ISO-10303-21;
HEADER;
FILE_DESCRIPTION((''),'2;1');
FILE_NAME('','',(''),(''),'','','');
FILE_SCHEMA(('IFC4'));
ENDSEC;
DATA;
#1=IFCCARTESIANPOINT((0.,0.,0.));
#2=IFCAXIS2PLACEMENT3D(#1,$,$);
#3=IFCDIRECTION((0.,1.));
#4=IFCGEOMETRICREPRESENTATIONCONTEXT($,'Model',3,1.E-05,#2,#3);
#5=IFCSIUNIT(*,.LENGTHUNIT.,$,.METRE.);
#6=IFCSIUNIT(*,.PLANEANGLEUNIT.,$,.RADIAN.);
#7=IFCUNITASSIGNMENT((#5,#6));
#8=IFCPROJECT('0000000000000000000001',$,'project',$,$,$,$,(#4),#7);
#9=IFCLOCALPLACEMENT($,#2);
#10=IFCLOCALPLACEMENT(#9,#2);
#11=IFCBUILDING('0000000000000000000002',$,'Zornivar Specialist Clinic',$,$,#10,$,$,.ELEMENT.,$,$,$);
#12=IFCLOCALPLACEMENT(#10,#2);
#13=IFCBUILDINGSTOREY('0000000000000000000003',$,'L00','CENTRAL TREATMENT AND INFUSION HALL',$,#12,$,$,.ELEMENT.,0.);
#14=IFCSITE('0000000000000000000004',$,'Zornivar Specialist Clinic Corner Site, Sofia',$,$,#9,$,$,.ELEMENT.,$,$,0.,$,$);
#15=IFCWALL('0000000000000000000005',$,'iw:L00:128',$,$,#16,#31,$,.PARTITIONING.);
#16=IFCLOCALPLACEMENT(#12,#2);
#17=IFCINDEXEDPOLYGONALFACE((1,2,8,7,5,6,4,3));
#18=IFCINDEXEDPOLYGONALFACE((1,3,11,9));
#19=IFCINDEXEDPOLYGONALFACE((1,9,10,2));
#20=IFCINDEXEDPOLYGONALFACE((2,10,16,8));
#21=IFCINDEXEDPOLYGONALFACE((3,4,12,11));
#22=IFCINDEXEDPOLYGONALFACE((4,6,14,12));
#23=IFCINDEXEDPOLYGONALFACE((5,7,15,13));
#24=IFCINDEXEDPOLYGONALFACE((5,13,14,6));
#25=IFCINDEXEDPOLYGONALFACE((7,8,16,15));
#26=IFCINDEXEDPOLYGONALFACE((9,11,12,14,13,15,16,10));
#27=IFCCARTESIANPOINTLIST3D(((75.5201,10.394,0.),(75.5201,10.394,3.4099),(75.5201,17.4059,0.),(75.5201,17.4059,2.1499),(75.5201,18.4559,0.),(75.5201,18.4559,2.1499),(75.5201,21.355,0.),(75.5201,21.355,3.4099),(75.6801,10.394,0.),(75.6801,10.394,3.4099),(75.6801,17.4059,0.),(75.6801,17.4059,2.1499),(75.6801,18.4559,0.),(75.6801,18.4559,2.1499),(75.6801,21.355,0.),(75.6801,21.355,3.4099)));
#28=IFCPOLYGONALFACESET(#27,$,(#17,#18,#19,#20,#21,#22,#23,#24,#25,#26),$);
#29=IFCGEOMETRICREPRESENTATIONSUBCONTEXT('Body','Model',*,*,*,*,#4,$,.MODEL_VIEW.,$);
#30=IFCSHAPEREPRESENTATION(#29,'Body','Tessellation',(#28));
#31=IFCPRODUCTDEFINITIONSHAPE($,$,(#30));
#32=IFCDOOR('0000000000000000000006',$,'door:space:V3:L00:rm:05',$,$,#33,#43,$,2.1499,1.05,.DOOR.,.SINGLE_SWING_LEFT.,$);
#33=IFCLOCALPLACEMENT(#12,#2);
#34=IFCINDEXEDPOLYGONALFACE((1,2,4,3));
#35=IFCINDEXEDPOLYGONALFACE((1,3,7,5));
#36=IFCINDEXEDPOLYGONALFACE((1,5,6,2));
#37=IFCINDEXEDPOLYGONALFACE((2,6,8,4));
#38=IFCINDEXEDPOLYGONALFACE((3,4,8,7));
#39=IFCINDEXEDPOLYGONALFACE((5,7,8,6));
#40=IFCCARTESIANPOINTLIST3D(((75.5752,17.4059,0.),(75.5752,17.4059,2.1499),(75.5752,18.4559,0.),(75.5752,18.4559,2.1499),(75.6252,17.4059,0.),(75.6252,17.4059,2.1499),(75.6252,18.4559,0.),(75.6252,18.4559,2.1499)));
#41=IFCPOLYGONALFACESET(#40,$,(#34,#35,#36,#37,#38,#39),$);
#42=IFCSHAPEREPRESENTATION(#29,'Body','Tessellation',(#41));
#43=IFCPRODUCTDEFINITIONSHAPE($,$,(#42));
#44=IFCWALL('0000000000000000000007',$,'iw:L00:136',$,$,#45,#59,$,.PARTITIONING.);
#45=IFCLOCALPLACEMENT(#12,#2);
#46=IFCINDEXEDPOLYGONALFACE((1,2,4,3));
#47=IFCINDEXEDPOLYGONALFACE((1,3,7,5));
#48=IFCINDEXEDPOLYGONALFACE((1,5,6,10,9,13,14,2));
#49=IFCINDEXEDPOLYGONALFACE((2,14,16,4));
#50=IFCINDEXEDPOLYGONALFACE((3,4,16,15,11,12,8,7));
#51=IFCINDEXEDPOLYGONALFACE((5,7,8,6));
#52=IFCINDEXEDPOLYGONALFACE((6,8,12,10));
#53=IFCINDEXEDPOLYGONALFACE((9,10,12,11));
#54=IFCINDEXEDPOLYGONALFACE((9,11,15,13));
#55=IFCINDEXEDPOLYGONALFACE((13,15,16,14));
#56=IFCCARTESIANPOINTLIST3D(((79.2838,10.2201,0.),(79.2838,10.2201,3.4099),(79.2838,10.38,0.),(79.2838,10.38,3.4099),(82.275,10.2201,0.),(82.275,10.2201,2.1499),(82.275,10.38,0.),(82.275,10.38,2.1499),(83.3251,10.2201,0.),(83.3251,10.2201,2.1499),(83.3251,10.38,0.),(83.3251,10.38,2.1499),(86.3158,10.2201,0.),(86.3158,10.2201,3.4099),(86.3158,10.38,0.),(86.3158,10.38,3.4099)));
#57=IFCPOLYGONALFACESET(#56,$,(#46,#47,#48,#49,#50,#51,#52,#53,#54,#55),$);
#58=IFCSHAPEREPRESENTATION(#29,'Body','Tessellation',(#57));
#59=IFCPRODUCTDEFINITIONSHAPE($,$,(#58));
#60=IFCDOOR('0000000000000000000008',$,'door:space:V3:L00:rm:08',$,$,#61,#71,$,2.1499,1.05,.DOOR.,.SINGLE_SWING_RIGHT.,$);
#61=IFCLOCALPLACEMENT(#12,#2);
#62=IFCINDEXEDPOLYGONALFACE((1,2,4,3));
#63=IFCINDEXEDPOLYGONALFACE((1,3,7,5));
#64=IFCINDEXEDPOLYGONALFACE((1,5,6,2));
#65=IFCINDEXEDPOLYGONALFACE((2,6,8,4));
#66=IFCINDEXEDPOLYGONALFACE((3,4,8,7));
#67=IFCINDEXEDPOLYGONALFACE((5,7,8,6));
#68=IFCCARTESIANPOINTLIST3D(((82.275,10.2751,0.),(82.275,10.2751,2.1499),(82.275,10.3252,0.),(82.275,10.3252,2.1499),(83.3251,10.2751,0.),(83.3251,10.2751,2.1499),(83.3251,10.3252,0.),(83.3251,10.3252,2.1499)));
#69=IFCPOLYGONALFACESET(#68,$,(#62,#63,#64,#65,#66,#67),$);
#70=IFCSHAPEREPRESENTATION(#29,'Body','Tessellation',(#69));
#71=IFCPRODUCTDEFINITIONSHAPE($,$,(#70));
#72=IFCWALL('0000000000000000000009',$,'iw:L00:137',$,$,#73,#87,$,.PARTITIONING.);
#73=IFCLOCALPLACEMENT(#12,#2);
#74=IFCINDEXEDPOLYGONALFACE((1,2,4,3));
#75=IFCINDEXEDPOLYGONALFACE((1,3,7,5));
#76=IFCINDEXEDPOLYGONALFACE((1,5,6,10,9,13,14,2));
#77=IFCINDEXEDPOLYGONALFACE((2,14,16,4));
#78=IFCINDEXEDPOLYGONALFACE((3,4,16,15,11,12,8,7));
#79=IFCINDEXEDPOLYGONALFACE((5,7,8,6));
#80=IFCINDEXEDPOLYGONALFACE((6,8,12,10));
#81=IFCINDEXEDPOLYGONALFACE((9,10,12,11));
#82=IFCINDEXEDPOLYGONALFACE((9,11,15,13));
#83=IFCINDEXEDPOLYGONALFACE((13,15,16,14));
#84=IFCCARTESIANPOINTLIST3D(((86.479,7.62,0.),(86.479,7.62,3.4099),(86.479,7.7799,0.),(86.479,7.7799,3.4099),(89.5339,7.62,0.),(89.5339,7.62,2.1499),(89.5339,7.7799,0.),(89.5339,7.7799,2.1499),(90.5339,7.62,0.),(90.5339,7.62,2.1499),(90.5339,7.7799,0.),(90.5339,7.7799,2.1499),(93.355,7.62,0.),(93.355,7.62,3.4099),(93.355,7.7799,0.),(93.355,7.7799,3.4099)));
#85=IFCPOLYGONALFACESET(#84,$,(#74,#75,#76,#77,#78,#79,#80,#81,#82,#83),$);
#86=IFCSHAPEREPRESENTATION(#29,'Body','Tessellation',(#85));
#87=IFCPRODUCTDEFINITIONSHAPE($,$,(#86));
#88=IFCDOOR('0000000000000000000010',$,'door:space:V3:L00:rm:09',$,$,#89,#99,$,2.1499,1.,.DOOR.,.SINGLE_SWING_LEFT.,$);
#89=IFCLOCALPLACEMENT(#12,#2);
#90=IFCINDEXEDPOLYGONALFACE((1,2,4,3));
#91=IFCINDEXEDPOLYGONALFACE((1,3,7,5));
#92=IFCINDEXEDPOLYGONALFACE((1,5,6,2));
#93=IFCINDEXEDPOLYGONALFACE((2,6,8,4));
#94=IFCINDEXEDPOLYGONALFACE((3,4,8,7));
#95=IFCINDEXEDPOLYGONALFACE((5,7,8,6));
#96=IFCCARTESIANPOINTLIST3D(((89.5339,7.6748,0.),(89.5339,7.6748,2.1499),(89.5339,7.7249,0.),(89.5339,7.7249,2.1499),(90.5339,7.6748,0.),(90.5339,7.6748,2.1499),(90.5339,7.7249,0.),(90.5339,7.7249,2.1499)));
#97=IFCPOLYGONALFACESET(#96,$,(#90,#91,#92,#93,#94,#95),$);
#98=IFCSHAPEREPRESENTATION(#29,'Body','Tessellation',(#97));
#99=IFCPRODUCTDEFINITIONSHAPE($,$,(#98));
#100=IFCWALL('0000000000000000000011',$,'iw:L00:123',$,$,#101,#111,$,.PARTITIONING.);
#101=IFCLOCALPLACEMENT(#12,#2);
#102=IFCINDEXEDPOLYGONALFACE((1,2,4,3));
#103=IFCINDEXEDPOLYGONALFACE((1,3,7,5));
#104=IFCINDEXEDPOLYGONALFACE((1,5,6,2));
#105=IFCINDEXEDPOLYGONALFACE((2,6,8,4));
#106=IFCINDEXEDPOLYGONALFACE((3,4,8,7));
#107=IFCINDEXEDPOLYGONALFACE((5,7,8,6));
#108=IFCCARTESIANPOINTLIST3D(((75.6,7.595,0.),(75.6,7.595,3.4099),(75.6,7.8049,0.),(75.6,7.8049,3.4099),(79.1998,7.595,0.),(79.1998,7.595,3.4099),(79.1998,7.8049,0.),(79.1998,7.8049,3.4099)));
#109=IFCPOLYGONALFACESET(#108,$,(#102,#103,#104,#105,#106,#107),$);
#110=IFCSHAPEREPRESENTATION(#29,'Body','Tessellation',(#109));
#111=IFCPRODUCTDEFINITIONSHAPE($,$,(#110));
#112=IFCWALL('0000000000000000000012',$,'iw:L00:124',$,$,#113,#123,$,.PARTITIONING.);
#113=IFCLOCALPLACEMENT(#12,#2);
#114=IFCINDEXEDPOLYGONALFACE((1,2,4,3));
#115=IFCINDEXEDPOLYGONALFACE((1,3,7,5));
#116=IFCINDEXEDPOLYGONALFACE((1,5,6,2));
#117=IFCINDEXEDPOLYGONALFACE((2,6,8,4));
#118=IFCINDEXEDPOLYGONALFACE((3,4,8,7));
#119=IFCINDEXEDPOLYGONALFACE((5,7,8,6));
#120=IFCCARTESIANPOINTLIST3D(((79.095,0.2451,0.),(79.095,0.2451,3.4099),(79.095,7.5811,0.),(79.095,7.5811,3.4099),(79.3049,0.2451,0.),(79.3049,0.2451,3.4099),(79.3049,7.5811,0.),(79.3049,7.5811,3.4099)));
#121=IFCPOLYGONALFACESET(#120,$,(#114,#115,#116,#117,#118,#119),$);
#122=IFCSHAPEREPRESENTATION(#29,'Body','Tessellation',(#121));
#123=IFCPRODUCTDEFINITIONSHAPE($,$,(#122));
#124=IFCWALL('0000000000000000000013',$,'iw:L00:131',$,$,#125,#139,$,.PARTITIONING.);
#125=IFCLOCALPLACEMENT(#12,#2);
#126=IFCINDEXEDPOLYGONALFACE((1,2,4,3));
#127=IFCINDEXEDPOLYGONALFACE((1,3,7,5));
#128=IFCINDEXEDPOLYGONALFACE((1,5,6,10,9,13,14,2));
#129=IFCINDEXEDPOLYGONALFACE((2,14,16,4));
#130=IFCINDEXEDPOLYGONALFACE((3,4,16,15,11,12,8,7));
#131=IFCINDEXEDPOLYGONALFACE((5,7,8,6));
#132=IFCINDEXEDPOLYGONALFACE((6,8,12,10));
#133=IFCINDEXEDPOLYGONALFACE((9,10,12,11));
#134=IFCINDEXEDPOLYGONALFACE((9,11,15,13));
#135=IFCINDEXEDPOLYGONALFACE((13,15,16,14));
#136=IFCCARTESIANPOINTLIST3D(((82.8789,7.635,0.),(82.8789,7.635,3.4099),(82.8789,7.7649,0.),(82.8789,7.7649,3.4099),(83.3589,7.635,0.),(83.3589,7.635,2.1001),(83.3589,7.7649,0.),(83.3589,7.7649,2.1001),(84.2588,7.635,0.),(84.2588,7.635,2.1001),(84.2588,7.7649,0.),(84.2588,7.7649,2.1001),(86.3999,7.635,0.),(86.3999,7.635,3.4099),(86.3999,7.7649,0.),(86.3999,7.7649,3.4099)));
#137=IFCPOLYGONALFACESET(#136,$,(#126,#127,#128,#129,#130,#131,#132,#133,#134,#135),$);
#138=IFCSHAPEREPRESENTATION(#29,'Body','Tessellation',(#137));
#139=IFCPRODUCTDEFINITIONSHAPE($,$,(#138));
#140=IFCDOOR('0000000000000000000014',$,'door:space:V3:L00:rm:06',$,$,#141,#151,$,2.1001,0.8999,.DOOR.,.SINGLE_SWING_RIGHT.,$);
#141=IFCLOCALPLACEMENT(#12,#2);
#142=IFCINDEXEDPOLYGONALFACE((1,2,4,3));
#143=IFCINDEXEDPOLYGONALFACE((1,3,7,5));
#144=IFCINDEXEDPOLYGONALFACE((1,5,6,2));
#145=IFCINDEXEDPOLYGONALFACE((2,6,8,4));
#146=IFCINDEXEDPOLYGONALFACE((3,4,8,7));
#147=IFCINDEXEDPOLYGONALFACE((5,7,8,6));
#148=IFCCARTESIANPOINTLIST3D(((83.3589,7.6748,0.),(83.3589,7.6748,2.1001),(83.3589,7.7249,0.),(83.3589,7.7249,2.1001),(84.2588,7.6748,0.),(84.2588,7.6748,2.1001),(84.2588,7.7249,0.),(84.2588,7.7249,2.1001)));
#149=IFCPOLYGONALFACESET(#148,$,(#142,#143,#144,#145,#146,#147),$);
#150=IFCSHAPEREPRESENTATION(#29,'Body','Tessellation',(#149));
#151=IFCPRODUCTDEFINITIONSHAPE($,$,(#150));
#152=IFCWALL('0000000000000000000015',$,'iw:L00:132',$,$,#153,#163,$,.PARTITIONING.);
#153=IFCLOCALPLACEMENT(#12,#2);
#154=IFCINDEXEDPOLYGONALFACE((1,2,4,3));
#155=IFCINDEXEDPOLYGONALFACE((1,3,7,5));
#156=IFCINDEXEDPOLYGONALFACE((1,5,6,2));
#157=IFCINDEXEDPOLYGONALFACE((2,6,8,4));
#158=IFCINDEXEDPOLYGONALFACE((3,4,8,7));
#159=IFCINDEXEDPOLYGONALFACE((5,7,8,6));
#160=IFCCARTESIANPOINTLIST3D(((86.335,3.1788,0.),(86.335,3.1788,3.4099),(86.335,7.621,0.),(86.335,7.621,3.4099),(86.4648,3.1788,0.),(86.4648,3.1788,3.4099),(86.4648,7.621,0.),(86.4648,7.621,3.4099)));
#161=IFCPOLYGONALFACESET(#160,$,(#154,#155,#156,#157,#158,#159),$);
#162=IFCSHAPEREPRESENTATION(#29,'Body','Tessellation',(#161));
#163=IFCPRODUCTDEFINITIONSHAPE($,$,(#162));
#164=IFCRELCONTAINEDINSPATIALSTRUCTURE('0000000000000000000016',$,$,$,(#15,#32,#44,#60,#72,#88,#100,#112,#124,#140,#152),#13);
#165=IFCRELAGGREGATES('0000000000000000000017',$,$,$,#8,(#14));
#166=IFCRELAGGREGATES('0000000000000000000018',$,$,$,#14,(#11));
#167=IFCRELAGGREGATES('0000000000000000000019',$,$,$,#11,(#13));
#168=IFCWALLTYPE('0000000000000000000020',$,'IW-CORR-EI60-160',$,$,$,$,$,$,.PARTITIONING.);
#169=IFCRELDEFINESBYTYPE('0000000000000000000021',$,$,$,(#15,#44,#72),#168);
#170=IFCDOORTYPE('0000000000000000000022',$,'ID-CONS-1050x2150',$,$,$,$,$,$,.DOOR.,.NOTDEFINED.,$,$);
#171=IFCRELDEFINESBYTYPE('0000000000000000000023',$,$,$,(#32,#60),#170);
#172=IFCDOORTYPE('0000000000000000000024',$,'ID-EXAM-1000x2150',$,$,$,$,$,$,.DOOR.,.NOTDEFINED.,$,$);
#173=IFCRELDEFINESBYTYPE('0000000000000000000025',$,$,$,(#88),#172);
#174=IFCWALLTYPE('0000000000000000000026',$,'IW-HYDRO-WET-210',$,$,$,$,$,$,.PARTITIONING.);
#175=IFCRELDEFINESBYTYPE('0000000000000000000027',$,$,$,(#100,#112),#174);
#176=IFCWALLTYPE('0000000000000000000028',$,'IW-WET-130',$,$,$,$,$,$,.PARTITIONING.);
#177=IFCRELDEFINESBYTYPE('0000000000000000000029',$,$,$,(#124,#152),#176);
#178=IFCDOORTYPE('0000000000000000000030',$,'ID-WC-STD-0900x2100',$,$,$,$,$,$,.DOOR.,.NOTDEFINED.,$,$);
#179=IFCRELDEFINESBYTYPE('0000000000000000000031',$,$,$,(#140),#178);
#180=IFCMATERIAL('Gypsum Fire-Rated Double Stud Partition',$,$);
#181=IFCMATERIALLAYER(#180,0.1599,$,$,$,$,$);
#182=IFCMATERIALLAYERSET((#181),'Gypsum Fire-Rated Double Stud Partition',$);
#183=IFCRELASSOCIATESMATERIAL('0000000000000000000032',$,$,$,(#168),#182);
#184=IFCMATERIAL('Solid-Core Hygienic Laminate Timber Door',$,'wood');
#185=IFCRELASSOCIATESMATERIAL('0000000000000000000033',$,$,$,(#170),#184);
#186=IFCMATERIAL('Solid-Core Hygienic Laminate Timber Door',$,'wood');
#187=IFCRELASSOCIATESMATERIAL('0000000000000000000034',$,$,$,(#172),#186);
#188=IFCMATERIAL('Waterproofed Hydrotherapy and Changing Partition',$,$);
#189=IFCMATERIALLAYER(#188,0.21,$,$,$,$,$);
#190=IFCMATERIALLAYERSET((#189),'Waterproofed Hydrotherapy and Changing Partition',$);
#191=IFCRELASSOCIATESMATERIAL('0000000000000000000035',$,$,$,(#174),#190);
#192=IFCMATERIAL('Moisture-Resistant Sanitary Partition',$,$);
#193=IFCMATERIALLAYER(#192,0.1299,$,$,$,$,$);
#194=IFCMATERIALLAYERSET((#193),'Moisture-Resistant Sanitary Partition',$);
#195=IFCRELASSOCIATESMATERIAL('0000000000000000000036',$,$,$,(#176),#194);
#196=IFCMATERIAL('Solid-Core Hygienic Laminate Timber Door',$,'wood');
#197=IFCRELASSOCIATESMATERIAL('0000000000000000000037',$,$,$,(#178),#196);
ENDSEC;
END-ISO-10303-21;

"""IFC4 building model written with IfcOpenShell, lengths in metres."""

from ifc_helpers import new_model, si_unit, direction, frame, frame_2d, origin, place, context, subcontext, project, spatial, rectangle, extrude, material, layer, layer_set, type_object, element, fill, save


model = new_model("IFC4")

# Units and contexts
model_context = context("Model", 3, precision=1e-05, world=origin(), true_north=direction((0.0, 1.0)))
body_context = subcontext(model_context, "Body", "Model", "MODEL_VIEW")
ifc_project = project(units=[si_unit("LENGTHUNIT", "METRE"), si_unit("PLANEANGLEUNIT", "RADIAN")], contexts=[model_context])

# Site, building, storey
site_placement = place(None, origin())
site = spatial("IfcSite", under=ifc_project, at=site_placement, Name="Zornivar Specialist Clinic Corner Site, Sofia", CompositionType="ELEMENT", RefElevation=0.0)
building_placement = place(site_placement, origin())
building = spatial("IfcBuilding", under=site, at=building_placement, Name="Zornivar Specialist Clinic", CompositionType="ELEMENT")
storey_placement = place(building_placement, origin())
storey = spatial("IfcBuildingStorey", under=building, at=storey_placement, Name="L00", Description="CENTRAL TREATMENT AND INFUSION HALL", CompositionType="ELEMENT", Elevation=0.0)

# Shared definitions
ifc_material_1 = material(Name="Gypsum Fire-Rated Double Stud Partition")
ifc_layer_1 = layer(ifc_material_1, 0.1599)
ifc_layer_set_1 = layer_set([ifc_layer_1], Name="Gypsum Fire-Rated Double Stud Partition")
wall_type_1 = type_object("IfcWallType", Name="IW-CORR-EI60-160", PredefinedType="PARTITIONING", material=ifc_layer_set_1)
ifc_material_2 = material(Name="Solid-Core Hygienic Laminate Timber Door", Category="wood")
door_type_1 = type_object("IfcDoorType", Name="ID-CONS-1050x2150", OperationType="NOTDEFINED", PredefinedType="DOOR", material=ifc_material_2)

# Walls, openings, doors
wall_1_placement = place(storey_placement, frame((75.6001, 10.394, 0.0), z_axis=(0.0, 0.0, 1.0), x_axis=(0.0, 1.0, 0.0)))
wall_1 = element("IfcWall", 1, at=wall_1_placement, inside=storey, type_object=wall_type_1, Name="iw:L00:128", PredefinedType="PARTITIONING", context=body_context, shape_type="SweptSolid", body=[
    extrude(rectangle(XDim=10.9609, YDim=0.1599, at=frame_2d((5.4805, 0.0))), origin(), (0.0, 0.0, 1.0), 3.4099),
])
opening_1_placement = place(wall_1_placement, frame((7.012, 0.0, 0.0)))
opening_1 = element("IfcOpeningElement", 2, at=opening_1_placement, cuts=wall_1, PredefinedType="OPENING", context=body_context, shape_type="SweptSolid", body=[
    extrude(rectangle(XDim=1.05, YDim=2.1499, at=frame_2d((0.5249, 1.075))), frame((0.0, 0.0898, 0.0), z_axis=(0.0, -1.0, 0.0), x_axis=(1.0, 0.0, 0.0)), (0.0, 0.0, 1.0), 0.1799),
])
door_1_placement = place(opening_1_placement, origin())
door_1 = element("IfcDoor", 3, at=door_1_placement, inside=storey, type_object=door_type_1, Name="door:space:V3:L00:rm:05", OperationType="SINGLE_SWING_LEFT", OverallHeight=2.1499, OverallWidth=1.05, PredefinedType="DOOR", context=body_context, shape_type="SweptSolid", body=[
    extrude(rectangle(XDim=1.05, YDim=2.1499, at=frame_2d((0.5249, 1.075))), frame((0.0, 0.0249, 0.0), z_axis=(0.0, -1.0, 0.0), x_axis=(1.0, 0.0, 0.0)), (0.0, 0.0, 1.0), 0.05),
])
fill(opening_1, door_1)
wall_2_placement = place(storey_placement, frame((86.3159, 10.3, 0.0), z_axis=(0.0, 0.0, 1.0), x_axis=(-1.0, 0.0, 0.0)))
wall_2 = element("IfcWall", 4, at=wall_2_placement, inside=storey, type_object=wall_type_1, Name="iw:L00:136", PredefinedType="PARTITIONING", context=body_context, shape_type="SweptSolid", body=[
    extrude(rectangle(XDim=7.032, YDim=0.1599, at=frame_2d((3.5161, 0.0))), origin(), (0.0, 0.0, 1.0), 3.4099),
])
opening_2_placement = place(wall_2_placement, frame((2.991, 0.0, 0.0)))
opening_2 = element("IfcOpeningElement", 5, at=opening_2_placement, cuts=wall_2, PredefinedType="OPENING", context=body_context, shape_type="SweptSolid", body=[
    extrude(rectangle(XDim=1.05, YDim=2.1499, at=frame_2d((0.5249, 1.075))), frame((0.0, 0.0898, 0.0), z_axis=(0.0, -1.0, 0.0), x_axis=(1.0, 0.0, 0.0)), (0.0, 0.0, 1.0), 0.1799),
])
door_2_placement = place(opening_2_placement, origin())
door_2 = element("IfcDoor", 6, at=door_2_placement, inside=storey, type_object=door_type_1, Name="door:space:V3:L00:rm:08", OperationType="SINGLE_SWING_RIGHT", OverallHeight=2.1499, OverallWidth=1.05, PredefinedType="DOOR", context=body_context, shape_type="SweptSolid", body=[
    extrude(rectangle(XDim=1.05, YDim=2.1499, at=frame_2d((0.5249, 1.075))), frame((0.0, 0.0249, 0.0), z_axis=(0.0, -1.0, 0.0), x_axis=(1.0, 0.0, 0.0)), (0.0, 0.0, 1.0), 0.05),
])
fill(opening_2, door_2)
wall_3_placement = place(storey_placement, frame((86.479, 7.7, 0.0), z_axis=(0.0, 0.0, 1.0), x_axis=(1.0, 0.0, 0.0)))
wall_3 = element("IfcWall", 7, at=wall_3_placement, inside=storey, type_object=wall_type_1, Name="iw:L00:137", PredefinedType="PARTITIONING", context=body_context, shape_type="SweptSolid", body=[
    extrude(rectangle(XDim=6.876, YDim=0.1599, at=frame_2d((3.438, 0.0))), origin(), (0.0, 0.0, 1.0), 3.4099),
])
opening_3_placement = place(wall_3_placement, frame((3.0549, 0.0, 0.0)))
opening_3 = element("IfcOpeningElement", 8, at=opening_3_placement, cuts=wall_3, PredefinedType="OPENING", context=body_context, shape_type="SweptSolid", body=[
    extrude(rectangle(XDim=1.0, YDim=2.1499, at=frame_2d((0.5, 1.075))), frame((0.0, 0.0898, 0.0), z_axis=(0.0, -1.0, 0.0), x_axis=(1.0, 0.0, 0.0)), (0.0, 0.0, 1.0), 0.1799),
])
ifc_material_3 = material(Name="Solid-Core Hygienic Laminate Timber Door", Category="wood")
door_type_2 = type_object("IfcDoorType", Name="ID-EXAM-1000x2150", OperationType="NOTDEFINED", PredefinedType="DOOR", material=ifc_material_3)
door_3_placement = place(opening_3_placement, origin())
door_3 = element("IfcDoor", 9, at=door_3_placement, inside=storey, type_object=door_type_2, Name="door:space:V3:L00:rm:09", OperationType="SINGLE_SWING_LEFT", OverallHeight=2.1499, OverallWidth=1.0, PredefinedType="DOOR", context=body_context, shape_type="SweptSolid", body=[
    extrude(rectangle(XDim=1.0, YDim=2.1499, at=frame_2d((0.5, 1.075))), frame((0.0, 0.0249, 0.0), z_axis=(0.0, -1.0, 0.0), x_axis=(1.0, 0.0, 0.0)), (0.0, 0.0, 1.0), 0.05),
])
fill(opening_3, door_3)

# Walls
ifc_material_4 = material(Name="Waterproofed Hydrotherapy and Changing Partition")
ifc_layer_2 = layer(ifc_material_4, 0.21)
ifc_layer_set_2 = layer_set([ifc_layer_2], Name="Waterproofed Hydrotherapy and Changing Partition")
wall_type_2 = type_object("IfcWallType", Name="IW-HYDRO-WET-210", PredefinedType="PARTITIONING", material=ifc_layer_set_2)
wall_4_placement = place(storey_placement, frame((75.6001, 7.7, 0.0), z_axis=(0.0, 0.0, 1.0), x_axis=(1.0, 0.0, 0.0)))
element("IfcWall", 10, at=wall_4_placement, inside=storey, type_object=wall_type_2, Name="iw:L00:123", PredefinedType="PARTITIONING", context=body_context, shape_type="SweptSolid", body=[
    extrude(rectangle(XDim=3.5999, YDim=0.21, at=frame_2d((1.7998, 0.0))), origin(), (0.0, 0.0, 1.0), 3.4099),
])
wall_5_placement = place(storey_placement, frame((79.2, 7.5811, 0.0), z_axis=(0.0, 0.0, 1.0), x_axis=(0.0, -1.0, 0.0)))
element("IfcWall", 11, at=wall_5_placement, inside=storey, type_object=wall_type_2, Name="iw:L00:124", PredefinedType="PARTITIONING", context=body_context, shape_type="SweptSolid", body=[
    extrude(rectangle(XDim=7.3359, YDim=0.21, at=frame_2d((3.668, 0.0))), origin(), (0.0, 0.0, 1.0), 3.4099),
])

# Wall, opening, door
ifc_material_5 = material(Name="Moisture-Resistant Sanitary Partition")
ifc_layer_3 = layer(ifc_material_5, 0.1299)
ifc_layer_set_3 = layer_set([ifc_layer_3], Name="Moisture-Resistant Sanitary Partition")
wall_type_3 = type_object("IfcWallType", Name="IW-WET-130", PredefinedType="PARTITIONING", material=ifc_layer_set_3)
wall_6_placement = place(storey_placement, frame((82.8789, 7.7, 0.0), z_axis=(0.0, 0.0, 1.0), x_axis=(1.0, 0.0, 0.0)))
wall_6 = element("IfcWall", 12, at=wall_6_placement, inside=storey, type_object=wall_type_3, Name="iw:L00:131", PredefinedType="PARTITIONING", context=body_context, shape_type="SweptSolid", body=[
    extrude(rectangle(XDim=3.521, YDim=0.1299, at=frame_2d((1.7605, 0.0))), origin(), (0.0, 0.0, 1.0), 3.4099),
])
opening_4_placement = place(wall_6_placement, frame((0.48, 0.0, 0.0)))
opening_4 = element("IfcOpeningElement", 13, at=opening_4_placement, cuts=wall_6, PredefinedType="OPENING", context=body_context, shape_type="SweptSolid", body=[
    extrude(rectangle(XDim=0.8999, YDim=2.1001, at=frame_2d((0.45, 1.05))), frame((0.0, 0.075, 0.0), z_axis=(0.0, -1.0, 0.0), x_axis=(1.0, 0.0, 0.0)), (0.0, 0.0, 1.0), 0.1499),
])
ifc_material_6 = material(Name="Solid-Core Hygienic Laminate Timber Door", Category="wood")
door_type_3 = type_object("IfcDoorType", Name="ID-WC-STD-0900x2100", OperationType="NOTDEFINED", PredefinedType="DOOR", material=ifc_material_6)
door_4_placement = place(opening_4_placement, origin())
door_4 = element("IfcDoor", 14, at=door_4_placement, inside=storey, type_object=door_type_3, Name="door:space:V3:L00:rm:06", OperationType="SINGLE_SWING_RIGHT", OverallHeight=2.1001, OverallWidth=0.8999, PredefinedType="DOOR", context=body_context, shape_type="SweptSolid", body=[
    extrude(rectangle(XDim=0.8999, YDim=2.1001, at=frame_2d((0.45, 1.05))), frame((0.0, 0.0249, 0.0), z_axis=(0.0, -1.0, 0.0), x_axis=(1.0, 0.0, 0.0)), (0.0, 0.0, 1.0), 0.05),
])
fill(opening_4, door_4)

# Wall
wall_7_placement = place(storey_placement, frame((86.3999, 7.6211, 0.0), z_axis=(0.0, 0.0, 1.0), x_axis=(0.0, -1.0, 0.0)))
element("IfcWall", 15, at=wall_7_placement, inside=storey, type_object=wall_type_3, Name="iw:L00:132", PredefinedType="PARTITIONING", context=body_context, shape_type="SweptSolid", body=[
    extrude(rectangle(XDim=4.4421, YDim=0.1299, at=frame_2d((2.2212, 0.0))), origin(), (0.0, 0.0, 1.0), 3.4099),
])

save(model, "model.ifc")
